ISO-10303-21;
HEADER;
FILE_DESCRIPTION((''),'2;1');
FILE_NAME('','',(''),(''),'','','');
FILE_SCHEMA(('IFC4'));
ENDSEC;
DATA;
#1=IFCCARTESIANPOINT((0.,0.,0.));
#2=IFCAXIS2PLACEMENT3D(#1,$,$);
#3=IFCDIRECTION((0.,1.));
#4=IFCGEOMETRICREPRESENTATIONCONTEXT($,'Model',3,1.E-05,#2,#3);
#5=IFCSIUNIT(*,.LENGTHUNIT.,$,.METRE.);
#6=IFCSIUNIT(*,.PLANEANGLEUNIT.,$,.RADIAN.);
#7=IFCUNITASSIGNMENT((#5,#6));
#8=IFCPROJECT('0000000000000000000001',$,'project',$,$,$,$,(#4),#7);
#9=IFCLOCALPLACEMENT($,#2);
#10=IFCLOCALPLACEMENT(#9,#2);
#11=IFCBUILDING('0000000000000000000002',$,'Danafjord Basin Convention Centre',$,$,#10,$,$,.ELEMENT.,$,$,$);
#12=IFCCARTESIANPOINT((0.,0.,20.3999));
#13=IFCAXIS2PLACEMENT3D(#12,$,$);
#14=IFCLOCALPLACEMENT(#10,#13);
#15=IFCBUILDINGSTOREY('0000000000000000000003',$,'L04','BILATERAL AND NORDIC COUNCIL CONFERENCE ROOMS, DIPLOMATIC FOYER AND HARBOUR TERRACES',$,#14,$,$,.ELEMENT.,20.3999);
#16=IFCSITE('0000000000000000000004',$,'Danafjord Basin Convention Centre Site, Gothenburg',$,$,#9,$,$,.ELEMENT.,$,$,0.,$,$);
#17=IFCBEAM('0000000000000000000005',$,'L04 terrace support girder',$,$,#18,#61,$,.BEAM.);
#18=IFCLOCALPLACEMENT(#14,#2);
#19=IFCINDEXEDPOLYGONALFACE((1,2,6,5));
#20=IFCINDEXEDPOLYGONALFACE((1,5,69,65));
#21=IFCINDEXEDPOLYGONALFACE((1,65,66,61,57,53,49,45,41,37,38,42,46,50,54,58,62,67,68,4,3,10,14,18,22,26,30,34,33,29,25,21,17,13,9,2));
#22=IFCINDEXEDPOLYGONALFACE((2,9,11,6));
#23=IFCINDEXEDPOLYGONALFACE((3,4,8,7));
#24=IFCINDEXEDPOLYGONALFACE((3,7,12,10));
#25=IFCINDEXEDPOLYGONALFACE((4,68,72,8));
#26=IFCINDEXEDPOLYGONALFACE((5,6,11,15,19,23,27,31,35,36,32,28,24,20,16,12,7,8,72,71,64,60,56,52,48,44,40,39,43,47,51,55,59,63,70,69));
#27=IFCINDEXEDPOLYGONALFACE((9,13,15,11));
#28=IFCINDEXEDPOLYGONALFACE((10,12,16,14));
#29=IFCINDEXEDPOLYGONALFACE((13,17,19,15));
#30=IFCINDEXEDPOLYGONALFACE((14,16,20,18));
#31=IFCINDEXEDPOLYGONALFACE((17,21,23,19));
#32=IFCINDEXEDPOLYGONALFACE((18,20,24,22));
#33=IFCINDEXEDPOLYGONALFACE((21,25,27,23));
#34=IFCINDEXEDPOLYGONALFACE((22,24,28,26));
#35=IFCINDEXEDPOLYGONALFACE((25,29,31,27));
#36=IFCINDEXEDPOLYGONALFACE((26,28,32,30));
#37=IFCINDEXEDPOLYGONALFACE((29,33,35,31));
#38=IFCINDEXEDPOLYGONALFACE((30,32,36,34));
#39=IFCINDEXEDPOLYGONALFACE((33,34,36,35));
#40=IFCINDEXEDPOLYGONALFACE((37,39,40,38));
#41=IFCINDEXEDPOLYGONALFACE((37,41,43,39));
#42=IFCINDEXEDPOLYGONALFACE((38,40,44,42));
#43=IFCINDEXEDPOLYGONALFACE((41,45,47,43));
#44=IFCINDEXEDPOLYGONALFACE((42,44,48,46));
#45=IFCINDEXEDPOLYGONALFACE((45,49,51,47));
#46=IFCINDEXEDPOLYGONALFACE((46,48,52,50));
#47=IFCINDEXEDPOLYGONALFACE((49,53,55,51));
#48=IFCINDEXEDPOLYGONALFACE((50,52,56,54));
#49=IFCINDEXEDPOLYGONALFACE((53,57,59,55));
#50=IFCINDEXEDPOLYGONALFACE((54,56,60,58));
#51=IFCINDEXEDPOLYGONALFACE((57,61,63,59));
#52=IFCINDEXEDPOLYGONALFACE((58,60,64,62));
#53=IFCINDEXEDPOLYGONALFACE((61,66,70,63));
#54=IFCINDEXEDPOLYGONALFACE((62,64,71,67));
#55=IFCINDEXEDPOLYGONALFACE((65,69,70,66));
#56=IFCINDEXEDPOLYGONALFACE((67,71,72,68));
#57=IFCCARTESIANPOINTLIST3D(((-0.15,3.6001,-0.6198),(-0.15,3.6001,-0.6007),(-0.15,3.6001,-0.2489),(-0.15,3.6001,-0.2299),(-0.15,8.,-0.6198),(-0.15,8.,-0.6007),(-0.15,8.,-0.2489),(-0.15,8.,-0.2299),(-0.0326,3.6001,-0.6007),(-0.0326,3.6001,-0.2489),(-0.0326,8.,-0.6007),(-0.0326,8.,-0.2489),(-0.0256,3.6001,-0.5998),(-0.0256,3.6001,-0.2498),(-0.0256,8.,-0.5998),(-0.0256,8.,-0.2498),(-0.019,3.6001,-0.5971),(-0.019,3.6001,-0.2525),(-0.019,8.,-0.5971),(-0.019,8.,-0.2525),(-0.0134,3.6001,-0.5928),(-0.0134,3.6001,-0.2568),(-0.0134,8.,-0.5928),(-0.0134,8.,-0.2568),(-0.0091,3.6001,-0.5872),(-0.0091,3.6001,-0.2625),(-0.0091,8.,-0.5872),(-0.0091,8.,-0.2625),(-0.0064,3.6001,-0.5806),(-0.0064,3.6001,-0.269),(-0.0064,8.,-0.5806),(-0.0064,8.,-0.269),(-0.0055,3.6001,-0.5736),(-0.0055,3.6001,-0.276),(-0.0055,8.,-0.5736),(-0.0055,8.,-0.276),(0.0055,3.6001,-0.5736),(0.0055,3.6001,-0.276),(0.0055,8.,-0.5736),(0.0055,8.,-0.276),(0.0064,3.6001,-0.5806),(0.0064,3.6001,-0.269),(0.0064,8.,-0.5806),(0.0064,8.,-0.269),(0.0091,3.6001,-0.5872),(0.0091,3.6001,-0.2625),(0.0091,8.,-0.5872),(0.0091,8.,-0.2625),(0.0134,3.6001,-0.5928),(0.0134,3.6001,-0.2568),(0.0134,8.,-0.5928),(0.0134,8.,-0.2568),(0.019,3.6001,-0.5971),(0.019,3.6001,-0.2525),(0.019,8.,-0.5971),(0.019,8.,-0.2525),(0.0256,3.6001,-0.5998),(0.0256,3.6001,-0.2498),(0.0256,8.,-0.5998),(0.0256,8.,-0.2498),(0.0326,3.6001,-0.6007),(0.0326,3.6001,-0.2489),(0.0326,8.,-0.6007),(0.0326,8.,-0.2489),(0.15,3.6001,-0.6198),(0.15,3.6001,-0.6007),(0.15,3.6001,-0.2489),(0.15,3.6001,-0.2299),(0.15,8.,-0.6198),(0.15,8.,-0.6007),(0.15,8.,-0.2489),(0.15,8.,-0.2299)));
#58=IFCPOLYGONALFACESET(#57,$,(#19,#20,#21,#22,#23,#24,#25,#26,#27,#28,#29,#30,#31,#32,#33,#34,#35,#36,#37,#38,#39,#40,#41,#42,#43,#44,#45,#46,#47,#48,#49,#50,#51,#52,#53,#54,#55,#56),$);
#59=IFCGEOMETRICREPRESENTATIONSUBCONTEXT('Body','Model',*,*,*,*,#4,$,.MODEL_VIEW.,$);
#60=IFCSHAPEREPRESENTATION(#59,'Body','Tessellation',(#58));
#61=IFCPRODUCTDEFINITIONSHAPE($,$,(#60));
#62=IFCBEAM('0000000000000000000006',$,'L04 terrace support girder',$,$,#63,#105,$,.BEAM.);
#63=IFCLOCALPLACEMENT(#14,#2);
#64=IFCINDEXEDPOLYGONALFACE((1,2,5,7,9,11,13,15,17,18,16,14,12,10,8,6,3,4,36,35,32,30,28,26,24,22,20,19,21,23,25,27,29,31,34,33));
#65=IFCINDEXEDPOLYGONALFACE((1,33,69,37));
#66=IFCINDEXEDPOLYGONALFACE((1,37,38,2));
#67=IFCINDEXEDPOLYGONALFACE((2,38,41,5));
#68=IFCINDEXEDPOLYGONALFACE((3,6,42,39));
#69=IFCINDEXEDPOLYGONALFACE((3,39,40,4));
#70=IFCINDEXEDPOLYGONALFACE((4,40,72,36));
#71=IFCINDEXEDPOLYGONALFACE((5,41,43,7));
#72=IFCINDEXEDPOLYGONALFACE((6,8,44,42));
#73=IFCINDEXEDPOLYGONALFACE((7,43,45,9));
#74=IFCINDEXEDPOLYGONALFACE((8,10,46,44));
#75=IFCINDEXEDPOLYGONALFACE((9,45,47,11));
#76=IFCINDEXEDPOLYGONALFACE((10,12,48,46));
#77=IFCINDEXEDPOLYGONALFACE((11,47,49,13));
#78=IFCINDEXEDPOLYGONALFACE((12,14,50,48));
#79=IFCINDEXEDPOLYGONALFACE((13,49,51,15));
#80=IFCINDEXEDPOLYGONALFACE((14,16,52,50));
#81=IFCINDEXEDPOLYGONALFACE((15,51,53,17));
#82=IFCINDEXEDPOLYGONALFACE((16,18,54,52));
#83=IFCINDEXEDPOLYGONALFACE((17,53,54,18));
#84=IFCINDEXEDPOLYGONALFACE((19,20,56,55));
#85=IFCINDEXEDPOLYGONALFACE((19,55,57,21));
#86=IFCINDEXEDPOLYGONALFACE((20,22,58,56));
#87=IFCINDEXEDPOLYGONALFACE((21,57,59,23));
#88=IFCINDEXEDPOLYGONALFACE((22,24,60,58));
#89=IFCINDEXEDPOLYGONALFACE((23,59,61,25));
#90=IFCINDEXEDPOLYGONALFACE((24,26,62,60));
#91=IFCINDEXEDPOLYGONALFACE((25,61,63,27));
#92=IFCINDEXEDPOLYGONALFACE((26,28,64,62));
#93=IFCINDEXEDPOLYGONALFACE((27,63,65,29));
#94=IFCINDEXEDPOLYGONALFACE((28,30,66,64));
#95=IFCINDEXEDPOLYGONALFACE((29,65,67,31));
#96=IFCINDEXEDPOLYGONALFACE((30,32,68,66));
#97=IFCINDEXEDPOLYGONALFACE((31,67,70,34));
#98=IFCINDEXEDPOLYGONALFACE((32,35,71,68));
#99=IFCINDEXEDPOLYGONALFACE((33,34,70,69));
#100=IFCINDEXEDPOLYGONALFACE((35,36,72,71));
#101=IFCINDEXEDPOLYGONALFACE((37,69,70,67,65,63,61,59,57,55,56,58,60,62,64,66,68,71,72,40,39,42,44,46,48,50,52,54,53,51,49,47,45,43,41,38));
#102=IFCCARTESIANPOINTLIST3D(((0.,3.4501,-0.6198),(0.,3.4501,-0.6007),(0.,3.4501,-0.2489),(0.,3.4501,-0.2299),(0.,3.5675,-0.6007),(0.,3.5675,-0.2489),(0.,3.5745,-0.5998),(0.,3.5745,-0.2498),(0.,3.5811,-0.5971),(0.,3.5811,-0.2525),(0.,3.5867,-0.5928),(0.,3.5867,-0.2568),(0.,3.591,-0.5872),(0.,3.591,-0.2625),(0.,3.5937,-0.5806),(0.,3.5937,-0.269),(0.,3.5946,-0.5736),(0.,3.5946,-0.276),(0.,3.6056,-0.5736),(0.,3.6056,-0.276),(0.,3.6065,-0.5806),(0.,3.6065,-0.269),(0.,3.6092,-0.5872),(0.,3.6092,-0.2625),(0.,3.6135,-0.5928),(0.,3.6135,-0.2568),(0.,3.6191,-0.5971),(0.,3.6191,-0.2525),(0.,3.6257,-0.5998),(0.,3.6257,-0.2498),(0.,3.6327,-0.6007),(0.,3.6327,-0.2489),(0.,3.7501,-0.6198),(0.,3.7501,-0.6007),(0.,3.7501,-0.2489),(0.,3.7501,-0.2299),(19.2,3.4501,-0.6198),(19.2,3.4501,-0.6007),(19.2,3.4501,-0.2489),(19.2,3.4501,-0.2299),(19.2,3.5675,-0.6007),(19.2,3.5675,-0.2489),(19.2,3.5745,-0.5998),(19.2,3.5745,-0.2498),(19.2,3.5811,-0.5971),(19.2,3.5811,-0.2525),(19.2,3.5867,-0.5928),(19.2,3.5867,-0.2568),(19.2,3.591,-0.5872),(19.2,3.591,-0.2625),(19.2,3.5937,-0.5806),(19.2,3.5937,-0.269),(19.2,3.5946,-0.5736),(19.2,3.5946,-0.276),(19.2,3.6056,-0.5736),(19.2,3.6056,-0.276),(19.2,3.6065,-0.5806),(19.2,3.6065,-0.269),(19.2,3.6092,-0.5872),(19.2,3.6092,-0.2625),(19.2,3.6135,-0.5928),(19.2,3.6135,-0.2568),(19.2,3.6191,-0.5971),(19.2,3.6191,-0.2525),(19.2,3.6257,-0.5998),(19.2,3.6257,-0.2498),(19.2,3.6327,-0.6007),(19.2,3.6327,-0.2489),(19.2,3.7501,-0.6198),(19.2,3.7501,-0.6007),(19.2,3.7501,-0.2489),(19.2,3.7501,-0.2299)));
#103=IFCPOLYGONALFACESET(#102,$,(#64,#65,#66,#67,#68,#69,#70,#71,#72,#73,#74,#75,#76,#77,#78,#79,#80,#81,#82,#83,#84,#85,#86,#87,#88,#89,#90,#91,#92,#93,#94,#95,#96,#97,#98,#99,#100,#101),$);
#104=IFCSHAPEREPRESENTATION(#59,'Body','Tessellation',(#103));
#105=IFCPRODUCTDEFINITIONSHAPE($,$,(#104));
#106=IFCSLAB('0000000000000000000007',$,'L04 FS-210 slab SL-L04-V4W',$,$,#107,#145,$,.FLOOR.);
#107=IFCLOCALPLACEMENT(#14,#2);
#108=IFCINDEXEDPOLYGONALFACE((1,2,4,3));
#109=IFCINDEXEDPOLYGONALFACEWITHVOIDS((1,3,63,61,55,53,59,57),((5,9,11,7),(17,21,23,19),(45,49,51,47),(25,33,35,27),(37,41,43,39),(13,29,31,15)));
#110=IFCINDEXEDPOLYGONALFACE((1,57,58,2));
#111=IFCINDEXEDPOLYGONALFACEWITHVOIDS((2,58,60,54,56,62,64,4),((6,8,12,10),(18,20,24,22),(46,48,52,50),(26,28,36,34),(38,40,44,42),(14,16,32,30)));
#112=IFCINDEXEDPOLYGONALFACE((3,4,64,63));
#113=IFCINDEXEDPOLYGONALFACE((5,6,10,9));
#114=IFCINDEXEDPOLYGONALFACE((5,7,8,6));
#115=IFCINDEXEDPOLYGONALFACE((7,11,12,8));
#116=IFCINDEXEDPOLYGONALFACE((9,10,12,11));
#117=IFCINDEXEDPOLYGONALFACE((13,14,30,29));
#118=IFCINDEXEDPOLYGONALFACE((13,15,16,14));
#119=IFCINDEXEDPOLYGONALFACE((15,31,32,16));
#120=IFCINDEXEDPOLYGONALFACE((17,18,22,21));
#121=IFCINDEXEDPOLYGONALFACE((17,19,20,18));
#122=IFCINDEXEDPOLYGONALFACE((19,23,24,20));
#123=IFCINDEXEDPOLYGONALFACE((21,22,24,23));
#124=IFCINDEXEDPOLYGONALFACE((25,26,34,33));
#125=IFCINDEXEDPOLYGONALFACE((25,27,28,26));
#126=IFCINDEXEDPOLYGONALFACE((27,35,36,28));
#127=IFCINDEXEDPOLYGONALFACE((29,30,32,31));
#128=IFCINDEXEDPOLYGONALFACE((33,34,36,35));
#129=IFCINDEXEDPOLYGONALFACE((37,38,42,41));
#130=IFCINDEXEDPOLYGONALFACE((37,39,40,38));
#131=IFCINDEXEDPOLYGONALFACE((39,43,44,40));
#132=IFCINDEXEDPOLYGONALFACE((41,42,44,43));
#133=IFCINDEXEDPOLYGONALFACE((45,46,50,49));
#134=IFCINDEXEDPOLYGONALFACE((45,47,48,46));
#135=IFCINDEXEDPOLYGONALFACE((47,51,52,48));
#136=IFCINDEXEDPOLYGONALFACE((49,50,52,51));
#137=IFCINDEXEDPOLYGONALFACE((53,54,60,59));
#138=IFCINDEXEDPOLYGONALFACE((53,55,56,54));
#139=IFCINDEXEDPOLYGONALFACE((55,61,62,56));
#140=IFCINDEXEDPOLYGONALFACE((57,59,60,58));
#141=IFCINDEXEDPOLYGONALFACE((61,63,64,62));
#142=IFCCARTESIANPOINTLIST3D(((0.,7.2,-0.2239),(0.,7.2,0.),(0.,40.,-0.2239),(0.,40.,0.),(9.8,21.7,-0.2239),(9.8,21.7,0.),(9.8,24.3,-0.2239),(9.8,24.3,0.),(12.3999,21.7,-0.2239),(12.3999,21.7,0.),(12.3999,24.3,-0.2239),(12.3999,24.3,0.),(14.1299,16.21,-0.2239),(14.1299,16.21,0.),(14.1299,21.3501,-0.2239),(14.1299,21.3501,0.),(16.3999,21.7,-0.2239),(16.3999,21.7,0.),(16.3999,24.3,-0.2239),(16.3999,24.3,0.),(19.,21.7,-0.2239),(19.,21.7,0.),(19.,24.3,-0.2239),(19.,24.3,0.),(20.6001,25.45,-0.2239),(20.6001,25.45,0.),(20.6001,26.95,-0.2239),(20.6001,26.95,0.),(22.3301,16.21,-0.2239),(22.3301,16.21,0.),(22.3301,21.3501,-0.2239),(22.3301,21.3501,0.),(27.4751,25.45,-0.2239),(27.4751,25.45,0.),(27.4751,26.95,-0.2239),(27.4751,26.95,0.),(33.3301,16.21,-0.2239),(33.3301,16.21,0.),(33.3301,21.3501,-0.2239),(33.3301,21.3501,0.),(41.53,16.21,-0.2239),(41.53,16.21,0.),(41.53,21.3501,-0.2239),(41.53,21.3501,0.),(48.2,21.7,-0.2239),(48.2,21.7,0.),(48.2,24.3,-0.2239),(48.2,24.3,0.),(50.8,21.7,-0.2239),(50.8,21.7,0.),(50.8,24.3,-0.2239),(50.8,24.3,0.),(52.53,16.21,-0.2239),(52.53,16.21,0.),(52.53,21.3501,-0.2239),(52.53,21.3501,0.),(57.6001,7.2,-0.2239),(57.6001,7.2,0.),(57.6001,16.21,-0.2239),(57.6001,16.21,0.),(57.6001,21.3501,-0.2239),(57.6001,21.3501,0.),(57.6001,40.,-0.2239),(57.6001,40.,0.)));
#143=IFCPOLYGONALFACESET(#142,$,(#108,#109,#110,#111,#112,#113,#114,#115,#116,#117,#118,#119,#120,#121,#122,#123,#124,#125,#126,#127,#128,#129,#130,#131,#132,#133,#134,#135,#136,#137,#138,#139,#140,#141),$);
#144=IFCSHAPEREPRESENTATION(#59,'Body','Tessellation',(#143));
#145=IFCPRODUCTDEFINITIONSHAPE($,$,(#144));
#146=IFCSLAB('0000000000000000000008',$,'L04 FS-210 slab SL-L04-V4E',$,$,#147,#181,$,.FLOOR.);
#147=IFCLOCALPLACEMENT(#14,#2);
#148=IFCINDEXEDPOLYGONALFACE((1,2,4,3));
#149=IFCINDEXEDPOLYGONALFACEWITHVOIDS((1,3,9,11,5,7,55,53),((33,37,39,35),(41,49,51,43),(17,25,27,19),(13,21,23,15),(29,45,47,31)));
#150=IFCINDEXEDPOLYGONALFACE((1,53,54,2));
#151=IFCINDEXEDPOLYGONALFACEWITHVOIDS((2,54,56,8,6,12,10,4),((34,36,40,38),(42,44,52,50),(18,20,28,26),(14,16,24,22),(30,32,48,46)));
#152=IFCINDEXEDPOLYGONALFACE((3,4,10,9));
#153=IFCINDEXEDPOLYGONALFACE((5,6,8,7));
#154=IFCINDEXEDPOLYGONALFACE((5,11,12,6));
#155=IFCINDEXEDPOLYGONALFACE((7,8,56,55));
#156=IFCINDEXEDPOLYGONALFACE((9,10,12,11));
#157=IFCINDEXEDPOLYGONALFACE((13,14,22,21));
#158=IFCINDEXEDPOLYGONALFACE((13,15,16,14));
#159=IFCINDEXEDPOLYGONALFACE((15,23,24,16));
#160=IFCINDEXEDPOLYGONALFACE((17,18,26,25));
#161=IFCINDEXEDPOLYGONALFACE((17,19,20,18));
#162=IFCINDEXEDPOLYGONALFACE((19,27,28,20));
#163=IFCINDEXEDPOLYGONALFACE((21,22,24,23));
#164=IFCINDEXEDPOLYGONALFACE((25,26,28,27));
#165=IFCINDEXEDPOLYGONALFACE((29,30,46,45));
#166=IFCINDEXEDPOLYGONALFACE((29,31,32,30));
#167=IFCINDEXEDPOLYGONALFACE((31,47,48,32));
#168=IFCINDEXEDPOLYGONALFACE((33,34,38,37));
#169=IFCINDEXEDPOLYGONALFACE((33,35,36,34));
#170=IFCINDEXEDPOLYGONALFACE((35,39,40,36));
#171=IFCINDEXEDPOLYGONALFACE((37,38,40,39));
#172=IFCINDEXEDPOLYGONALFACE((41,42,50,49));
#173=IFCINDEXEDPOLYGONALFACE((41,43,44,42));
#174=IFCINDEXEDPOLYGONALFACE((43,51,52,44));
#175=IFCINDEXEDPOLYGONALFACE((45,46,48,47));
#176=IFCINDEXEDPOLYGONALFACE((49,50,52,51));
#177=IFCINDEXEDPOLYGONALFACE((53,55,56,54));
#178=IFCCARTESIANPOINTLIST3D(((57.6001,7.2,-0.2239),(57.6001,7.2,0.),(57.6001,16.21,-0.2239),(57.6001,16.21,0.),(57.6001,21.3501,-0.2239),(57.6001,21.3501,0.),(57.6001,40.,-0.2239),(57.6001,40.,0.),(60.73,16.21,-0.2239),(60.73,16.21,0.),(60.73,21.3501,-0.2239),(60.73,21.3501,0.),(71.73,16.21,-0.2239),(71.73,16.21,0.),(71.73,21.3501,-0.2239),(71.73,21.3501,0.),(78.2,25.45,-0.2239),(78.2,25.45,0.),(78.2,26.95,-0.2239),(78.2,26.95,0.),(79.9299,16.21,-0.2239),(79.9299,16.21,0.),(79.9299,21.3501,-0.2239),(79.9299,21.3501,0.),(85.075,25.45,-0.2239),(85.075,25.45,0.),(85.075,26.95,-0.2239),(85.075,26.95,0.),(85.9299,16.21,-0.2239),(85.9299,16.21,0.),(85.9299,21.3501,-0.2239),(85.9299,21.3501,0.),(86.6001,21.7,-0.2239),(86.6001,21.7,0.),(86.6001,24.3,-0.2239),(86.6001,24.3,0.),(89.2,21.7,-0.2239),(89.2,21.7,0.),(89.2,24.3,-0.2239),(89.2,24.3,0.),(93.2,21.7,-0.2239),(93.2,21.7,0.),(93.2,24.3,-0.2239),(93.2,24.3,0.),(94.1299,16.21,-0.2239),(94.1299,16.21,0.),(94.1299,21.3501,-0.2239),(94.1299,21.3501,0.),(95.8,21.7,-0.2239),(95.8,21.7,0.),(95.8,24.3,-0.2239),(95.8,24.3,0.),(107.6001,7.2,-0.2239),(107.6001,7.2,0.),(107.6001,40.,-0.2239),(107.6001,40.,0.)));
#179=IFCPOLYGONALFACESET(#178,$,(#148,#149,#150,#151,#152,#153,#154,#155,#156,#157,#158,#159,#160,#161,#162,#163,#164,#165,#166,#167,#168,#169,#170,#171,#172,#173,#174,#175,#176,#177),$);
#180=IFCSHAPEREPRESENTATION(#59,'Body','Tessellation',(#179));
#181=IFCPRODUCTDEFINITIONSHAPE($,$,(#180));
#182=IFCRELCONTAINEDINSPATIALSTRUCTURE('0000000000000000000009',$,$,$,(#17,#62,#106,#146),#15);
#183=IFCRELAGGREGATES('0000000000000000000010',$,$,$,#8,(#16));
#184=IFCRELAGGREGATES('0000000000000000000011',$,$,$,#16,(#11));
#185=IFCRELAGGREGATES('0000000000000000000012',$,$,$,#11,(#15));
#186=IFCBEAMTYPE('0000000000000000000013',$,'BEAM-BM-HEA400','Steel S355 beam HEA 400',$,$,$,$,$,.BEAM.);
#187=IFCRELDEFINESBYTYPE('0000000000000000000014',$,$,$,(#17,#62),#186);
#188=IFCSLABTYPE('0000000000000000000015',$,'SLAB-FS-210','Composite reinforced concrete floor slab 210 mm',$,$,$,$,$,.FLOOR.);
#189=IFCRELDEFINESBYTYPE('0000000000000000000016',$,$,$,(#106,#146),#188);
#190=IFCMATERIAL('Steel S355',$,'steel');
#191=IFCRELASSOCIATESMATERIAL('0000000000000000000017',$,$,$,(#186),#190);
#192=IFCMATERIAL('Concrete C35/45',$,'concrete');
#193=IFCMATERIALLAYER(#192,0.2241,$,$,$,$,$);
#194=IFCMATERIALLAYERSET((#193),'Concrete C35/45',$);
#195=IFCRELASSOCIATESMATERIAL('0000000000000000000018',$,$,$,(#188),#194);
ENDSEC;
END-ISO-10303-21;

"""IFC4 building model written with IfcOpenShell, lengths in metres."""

from ifc_helpers import new_model, si_unit, direction, frame, origin, origin_2d, place, context, subcontext, project, spatial, polyline, i_section, outline, extrude, material, layer, layer_set, material_profile, profile_set, type_object, element, save


model = new_model("IFC4")

# Units and contexts
model_context = context("Model", 3, precision=1e-05, world=origin(), true_north=direction((0.0, 1.0)))
body_context = subcontext(model_context, "Body", "Model", "MODEL_VIEW")
ifc_project = project(units=[si_unit("LENGTHUNIT", "METRE"), si_unit("PLANEANGLEUNIT", "RADIAN")], contexts=[model_context])

# Site, building, storey
site_placement = place(None, origin())
site = spatial("IfcSite", under=ifc_project, at=site_placement, Name="Danafjord Basin Convention Centre Site, Gothenburg", CompositionType="ELEMENT", RefElevation=0.0)
building_placement = place(site_placement, origin())
building = spatial("IfcBuilding", under=site, at=building_placement, Name="Danafjord Basin Convention Centre", CompositionType="ELEMENT")
storey_placement = place(building_placement, frame((0.0, 0.0, 20.3999)))
storey = spatial("IfcBuildingStorey", under=building, at=storey_placement, Name="L04", Description="BILATERAL AND NORDIC COUNCIL CONFERENCE ROOMS, DIPLOMATIC FOYER AND HARBOUR TERRACES", CompositionType="ELEMENT", Elevation=20.3999)

# Beams
ifc_material_1 = material(Name="Steel S355", Category="steel")
ifc_material_profile = material_profile(ifc_material_1, i_section(OverallWidth=0.3, OverallDepth=0.3899, WebThickness=0.011, FlangeThickness=0.019, FilletRadius=0.0271, at=origin_2d()), Name="HEA 400")
ifc_profile_set = profile_set([ifc_material_profile], Name="Steel S355")
beam_type = type_object("IfcBeamType", Name="BEAM-BM-HEA400", Description="Steel S355 beam HEA 400", PredefinedType="BEAM", material=ifc_profile_set)
beam_1_placement = place(storey_placement, frame((0.0, 3.6001, -0.4248), z_axis=(0.0, 1.0, 0.0), x_axis=(-1.0, 0.0, 0.0)))
element("IfcBeam", 1, at=beam_1_placement, inside=storey, type_object=beam_type, Name="L04 terrace support girder", PredefinedType="BEAM", context=body_context, shape_type="SweptSolid", body=[
    extrude(i_section(OverallWidth=0.3, OverallDepth=0.3899, WebThickness=0.011, FlangeThickness=0.019, FilletRadius=0.0271, at=origin_2d()), origin(), (0.0, 0.0, 1.0), 4.3999),
])
beam_2_placement = place(storey_placement, frame((0.0, 3.6001, -0.4248), z_axis=(1.0, 0.0, 0.0), x_axis=(0.0, 1.0, 0.0)))
element("IfcBeam", 2, at=beam_2_placement, inside=storey, type_object=beam_type, Name="L04 terrace support girder", PredefinedType="BEAM", context=body_context, shape_type="SweptSolid", body=[
    extrude(i_section(OverallWidth=0.3, OverallDepth=0.3899, WebThickness=0.011, FlangeThickness=0.019, FilletRadius=0.0271, at=origin_2d()), origin(), (0.0, 0.0, 1.0), 19.2),
])

# Slabs
ifc_material_2 = material(Name="Concrete C35/45", Category="concrete")
ifc_layer_1 = layer(ifc_material_2, 0.2241)
ifc_layer_set_1 = layer_set([ifc_layer_1], Name="Concrete C35/45")
slab_type_1 = type_object("IfcSlabType", Name="SLAB-FS-210", Description="Composite reinforced concrete floor slab 210 mm", PredefinedType="FLOOR", material=ifc_layer_set_1)
slab_1_placement = place(storey_placement, frame((0.0, 0.0, -0.2239)))
element("IfcSlab", 3, at=slab_1_placement, inside=storey, type_object=slab_type_1, Name="L04 FS-210 slab SL-L04-V4W", PredefinedType="FLOOR", context=body_context, shape_type="SweptSolid", body=[
    extrude(outline(polyline([(57.6001, 40.0), (57.6001, 21.3501), (52.53, 21.3501), (52.53, 16.21), (57.6001, 16.21), (57.6001, 7.2), (0.0, 7.2), (0.0, 40.0), (57.6001, 40.0)]), holes=[polyline([(48.2, 24.3), (48.2, 21.7), (50.8, 21.7), (50.8, 24.3), (48.2, 24.3)]), polyline([(33.3301, 21.3501), (33.3301, 16.21), (41.53, 16.21), (41.53, 21.3501), (33.3301, 21.3501)]), polyline([(20.6001, 26.95), (20.6001, 25.45), (27.4751, 25.45), (27.4751, 26.95), (20.6001, 26.95)]), polyline([(22.3301, 16.21), (22.3301, 21.3501), (14.1299, 21.3501), (14.1299, 16.21), (22.3301, 16.21)]), polyline([(19.0, 21.7), (19.0, 24.3), (16.3999, 24.3), (16.3999, 21.7), (19.0, 21.7)]), polyline([(9.8, 24.3), (9.8, 21.7), (12.3999, 21.7), (12.3999, 24.3), (9.8, 24.3)])]), origin(), (0.0, 0.0, 1.0), 0.2239),
])
slab_2_placement = place(storey_placement, frame((0.0, 0.0, -0.2239)))
element("IfcSlab", 4, at=slab_2_placement, inside=storey, type_object=slab_type_1, Name="L04 FS-210 slab SL-L04-V4E", PredefinedType="FLOOR", context=body_context, shape_type="SweptSolid", body=[
    extrude(outline(polyline([(60.73, 16.21), (60.73, 21.3501), (57.6001, 21.3501), (57.6001, 40.0), (107.6001, 40.0), (107.6001, 7.2), (57.6001, 7.2), (57.6001, 16.21), (60.73, 16.21)]), holes=[polyline([(93.2, 24.3), (93.2, 21.7), (95.8, 21.7), (95.8, 24.3), (93.2, 24.3)]), polyline([(85.9299, 16.21), (94.1299, 16.21), (94.1299, 21.3501), (85.9299, 21.3501), (85.9299, 16.21)]), polyline([(89.2, 21.7), (89.2, 24.3), (86.6001, 24.3), (86.6001, 21.7), (89.2, 21.7)]), polyline([(78.2, 26.95), (78.2, 25.45), (85.075, 25.45), (85.075, 26.95), (78.2, 26.95)]), polyline([(71.73, 16.21), (79.9299, 16.21), (79.9299, 21.3501), (71.73, 21.3501), (71.73, 16.21)])]), origin(), (0.0, 0.0, 1.0), 0.2239),
])

save(model, "model.ifc")
